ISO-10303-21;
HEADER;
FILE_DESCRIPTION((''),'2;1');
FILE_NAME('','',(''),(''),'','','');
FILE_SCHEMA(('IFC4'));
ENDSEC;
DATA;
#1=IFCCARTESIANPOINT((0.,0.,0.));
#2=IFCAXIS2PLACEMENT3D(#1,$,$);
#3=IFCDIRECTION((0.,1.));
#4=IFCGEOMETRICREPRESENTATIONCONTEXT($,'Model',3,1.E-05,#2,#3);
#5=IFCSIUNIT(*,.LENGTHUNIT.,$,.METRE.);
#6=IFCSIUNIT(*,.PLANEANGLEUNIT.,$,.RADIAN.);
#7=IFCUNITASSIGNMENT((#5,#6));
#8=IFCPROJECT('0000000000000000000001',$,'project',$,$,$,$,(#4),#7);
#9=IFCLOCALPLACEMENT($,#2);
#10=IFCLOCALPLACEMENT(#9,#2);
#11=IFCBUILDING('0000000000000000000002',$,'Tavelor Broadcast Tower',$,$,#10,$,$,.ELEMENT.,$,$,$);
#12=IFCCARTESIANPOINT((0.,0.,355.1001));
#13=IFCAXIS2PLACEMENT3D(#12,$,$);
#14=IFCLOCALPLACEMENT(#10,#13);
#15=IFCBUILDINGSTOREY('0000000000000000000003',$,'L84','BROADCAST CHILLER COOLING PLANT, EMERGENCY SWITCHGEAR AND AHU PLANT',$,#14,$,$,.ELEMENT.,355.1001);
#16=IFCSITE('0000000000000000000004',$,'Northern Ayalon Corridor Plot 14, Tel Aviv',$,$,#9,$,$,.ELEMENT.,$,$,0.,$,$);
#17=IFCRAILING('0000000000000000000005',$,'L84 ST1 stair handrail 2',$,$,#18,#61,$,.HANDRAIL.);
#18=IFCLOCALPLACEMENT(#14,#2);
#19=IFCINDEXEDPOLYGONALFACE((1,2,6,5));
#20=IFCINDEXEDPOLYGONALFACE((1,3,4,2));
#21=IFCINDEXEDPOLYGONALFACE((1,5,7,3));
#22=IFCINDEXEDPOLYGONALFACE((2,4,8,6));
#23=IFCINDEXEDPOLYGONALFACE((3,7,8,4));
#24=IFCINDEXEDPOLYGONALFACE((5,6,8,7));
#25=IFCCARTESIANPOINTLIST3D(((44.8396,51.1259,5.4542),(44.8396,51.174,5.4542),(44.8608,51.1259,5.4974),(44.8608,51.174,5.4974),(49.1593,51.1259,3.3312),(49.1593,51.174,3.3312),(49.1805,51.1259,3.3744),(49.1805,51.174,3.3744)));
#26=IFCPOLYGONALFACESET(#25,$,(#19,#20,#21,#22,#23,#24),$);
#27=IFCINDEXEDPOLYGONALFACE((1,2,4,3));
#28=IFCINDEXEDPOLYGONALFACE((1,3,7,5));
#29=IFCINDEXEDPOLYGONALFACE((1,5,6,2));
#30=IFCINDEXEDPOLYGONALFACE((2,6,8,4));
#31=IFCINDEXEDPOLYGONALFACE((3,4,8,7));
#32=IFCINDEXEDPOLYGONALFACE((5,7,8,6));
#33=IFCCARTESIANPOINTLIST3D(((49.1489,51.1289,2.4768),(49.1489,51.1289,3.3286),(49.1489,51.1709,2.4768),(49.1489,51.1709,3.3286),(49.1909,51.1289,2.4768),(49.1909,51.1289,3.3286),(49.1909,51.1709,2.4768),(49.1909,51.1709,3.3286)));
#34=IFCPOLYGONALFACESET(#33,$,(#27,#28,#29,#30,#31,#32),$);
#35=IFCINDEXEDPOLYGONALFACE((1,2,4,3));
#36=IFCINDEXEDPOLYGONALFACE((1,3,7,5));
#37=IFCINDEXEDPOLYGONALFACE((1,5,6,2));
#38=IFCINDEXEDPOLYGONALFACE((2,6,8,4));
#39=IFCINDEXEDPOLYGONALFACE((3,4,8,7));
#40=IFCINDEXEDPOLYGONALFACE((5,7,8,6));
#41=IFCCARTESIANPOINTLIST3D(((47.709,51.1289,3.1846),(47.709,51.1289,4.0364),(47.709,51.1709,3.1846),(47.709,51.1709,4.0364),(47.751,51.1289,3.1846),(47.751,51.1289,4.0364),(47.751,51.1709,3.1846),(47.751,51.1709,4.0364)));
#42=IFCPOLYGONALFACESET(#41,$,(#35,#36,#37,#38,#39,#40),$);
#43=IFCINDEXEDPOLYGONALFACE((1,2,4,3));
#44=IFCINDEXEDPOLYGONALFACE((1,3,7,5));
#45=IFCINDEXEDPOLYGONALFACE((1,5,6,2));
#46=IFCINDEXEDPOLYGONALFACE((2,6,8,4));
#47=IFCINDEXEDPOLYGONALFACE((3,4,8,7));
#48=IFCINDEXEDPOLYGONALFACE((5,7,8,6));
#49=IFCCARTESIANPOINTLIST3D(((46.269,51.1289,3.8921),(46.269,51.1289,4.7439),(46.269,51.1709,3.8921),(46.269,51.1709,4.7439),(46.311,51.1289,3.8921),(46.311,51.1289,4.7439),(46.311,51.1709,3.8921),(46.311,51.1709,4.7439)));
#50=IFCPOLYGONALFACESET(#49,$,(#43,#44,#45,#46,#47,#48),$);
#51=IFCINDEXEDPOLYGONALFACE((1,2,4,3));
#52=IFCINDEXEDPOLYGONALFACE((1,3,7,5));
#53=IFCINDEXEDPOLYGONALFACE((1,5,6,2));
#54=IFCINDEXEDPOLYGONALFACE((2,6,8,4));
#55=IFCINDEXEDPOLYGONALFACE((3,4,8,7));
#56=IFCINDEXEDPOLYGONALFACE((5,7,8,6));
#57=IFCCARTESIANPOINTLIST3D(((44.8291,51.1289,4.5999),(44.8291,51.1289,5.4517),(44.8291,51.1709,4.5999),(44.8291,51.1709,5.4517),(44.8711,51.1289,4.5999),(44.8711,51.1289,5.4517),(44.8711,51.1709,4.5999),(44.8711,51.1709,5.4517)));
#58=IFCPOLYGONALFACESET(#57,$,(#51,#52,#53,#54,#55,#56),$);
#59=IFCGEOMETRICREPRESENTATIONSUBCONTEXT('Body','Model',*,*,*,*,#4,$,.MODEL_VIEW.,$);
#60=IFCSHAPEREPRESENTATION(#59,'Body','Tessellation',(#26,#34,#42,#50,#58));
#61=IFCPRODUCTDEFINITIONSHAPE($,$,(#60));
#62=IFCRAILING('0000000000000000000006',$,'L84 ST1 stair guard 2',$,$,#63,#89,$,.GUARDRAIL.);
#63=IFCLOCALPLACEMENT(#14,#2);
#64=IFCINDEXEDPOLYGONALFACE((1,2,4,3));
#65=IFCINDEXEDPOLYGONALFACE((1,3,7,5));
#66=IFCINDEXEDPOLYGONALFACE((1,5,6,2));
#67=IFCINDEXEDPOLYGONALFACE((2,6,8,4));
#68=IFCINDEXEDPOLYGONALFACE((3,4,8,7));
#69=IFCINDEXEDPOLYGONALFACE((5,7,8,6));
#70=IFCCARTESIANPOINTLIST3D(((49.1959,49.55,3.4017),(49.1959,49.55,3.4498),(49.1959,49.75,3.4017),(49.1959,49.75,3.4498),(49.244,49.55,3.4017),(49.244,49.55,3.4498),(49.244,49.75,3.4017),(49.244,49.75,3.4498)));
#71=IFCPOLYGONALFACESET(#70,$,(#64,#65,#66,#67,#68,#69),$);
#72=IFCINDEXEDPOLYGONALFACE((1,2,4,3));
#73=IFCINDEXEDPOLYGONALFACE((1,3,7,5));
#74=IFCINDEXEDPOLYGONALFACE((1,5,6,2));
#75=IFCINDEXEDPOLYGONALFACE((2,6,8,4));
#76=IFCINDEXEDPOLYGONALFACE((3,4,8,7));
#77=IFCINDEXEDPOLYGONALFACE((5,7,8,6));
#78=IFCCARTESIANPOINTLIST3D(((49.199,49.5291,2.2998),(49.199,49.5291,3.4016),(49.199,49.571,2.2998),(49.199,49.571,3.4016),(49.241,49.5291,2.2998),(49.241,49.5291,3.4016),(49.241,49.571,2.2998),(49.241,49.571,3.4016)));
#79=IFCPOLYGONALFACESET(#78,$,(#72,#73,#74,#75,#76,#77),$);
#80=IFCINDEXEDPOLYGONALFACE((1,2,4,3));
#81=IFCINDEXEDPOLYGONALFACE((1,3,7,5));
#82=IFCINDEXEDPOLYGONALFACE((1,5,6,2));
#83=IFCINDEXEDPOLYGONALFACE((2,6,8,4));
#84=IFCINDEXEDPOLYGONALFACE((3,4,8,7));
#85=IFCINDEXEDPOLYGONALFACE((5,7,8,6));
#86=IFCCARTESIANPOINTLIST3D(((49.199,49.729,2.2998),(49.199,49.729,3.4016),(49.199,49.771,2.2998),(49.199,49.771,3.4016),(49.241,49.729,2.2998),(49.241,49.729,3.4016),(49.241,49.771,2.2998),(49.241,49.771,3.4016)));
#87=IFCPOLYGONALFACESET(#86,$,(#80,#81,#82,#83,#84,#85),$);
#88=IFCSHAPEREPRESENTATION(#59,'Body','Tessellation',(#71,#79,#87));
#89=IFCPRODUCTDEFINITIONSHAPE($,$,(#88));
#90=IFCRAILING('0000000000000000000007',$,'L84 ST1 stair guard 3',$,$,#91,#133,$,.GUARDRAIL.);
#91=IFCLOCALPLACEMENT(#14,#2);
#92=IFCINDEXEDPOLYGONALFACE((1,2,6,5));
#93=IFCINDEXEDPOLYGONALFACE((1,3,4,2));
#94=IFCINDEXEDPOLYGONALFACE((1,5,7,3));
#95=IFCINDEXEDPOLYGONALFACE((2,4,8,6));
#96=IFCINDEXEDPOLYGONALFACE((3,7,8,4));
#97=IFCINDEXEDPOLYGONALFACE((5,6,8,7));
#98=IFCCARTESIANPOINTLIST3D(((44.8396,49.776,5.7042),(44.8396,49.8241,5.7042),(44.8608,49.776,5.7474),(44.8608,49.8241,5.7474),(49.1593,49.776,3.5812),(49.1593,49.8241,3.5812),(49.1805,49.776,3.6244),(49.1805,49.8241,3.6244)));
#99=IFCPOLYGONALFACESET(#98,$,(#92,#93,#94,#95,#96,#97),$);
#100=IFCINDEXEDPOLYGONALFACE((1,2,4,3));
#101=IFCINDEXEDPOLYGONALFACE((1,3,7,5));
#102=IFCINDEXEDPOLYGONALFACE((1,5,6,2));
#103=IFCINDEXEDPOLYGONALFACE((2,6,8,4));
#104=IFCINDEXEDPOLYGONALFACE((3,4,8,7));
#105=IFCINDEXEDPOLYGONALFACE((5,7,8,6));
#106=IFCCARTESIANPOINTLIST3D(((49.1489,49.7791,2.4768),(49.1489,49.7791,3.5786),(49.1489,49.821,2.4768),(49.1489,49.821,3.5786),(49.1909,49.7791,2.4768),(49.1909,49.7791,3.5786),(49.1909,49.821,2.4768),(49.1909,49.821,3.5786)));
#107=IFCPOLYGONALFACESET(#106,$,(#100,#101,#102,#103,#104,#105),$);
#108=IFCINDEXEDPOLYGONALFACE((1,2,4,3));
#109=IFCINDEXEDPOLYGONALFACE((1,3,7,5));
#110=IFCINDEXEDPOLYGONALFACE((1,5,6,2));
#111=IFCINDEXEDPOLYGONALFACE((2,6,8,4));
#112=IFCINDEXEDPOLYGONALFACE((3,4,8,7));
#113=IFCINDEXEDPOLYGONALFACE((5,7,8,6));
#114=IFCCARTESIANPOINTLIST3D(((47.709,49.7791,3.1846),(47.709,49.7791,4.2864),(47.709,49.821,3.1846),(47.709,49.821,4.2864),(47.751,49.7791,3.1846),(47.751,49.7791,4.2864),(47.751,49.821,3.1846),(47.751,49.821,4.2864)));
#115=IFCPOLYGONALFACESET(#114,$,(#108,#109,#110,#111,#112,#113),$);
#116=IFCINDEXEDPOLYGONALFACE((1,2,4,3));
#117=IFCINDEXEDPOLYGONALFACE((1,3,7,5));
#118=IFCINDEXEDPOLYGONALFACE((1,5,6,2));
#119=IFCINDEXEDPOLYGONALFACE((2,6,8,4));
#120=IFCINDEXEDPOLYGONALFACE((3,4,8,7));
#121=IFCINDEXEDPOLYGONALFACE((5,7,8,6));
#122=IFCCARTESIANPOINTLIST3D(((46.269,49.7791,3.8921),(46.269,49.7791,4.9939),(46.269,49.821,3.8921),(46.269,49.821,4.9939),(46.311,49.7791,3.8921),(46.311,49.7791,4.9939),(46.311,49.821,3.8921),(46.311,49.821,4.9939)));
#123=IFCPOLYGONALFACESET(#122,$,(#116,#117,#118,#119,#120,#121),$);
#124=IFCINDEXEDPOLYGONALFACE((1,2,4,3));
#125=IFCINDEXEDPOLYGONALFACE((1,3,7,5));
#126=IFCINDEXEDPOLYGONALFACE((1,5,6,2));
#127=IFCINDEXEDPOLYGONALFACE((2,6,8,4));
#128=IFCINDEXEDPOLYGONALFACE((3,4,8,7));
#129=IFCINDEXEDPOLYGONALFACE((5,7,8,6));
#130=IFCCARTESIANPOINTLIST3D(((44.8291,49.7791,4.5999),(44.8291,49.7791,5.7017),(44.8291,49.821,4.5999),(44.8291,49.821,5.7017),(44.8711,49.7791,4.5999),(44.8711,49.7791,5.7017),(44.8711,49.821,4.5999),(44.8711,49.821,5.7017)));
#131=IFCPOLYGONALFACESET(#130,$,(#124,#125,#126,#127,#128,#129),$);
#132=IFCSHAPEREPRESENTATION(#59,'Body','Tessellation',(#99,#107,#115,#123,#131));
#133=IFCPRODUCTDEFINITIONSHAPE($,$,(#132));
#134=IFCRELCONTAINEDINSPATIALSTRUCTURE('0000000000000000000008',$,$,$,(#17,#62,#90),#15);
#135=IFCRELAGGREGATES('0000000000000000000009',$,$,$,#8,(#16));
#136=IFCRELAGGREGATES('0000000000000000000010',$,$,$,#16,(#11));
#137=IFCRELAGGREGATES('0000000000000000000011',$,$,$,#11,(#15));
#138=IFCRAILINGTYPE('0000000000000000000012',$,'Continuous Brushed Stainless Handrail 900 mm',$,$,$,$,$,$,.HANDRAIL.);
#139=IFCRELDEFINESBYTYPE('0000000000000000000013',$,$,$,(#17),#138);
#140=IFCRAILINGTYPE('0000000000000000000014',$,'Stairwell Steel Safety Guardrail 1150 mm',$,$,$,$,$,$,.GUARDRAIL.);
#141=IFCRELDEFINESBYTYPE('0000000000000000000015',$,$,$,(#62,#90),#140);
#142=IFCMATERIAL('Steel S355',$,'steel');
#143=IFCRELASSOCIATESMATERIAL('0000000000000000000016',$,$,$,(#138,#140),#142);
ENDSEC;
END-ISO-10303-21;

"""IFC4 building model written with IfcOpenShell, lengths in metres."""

from ifc_helpers import new_model, si_unit, direction, frame, origin, origin_2d, place, context, subcontext, project, spatial, rectangle, extrude, material, type_object, element, save


model = new_model("IFC4")

# Units and contexts
model_context = context("Model", 3, precision=1e-05, world=origin(), true_north=direction((0.0, 1.0)))
body_context = subcontext(model_context, "Body", "Model", "MODEL_VIEW")
ifc_project = project(units=[si_unit("LENGTHUNIT", "METRE"), si_unit("PLANEANGLEUNIT", "RADIAN")], contexts=[model_context])

# Site, building, storey
site_placement = place(None, origin())
site = spatial("IfcSite", under=ifc_project, at=site_placement, Name="Northern Ayalon Corridor Plot 14, Tel Aviv", CompositionType="ELEMENT", RefElevation=0.0)
building_placement = place(site_placement, origin())
building = spatial("IfcBuilding", under=site, at=building_placement, Name="Tavelor Broadcast Tower", CompositionType="ELEMENT")
storey_placement = place(building_placement, frame((0.0, 0.0, 355.1001)))
storey = spatial("IfcBuildingStorey", under=building, at=storey_placement, Name="L84", Description="BROADCAST CHILLER COOLING PLANT, EMERGENCY SWITCHGEAR AND AHU PLANT", CompositionType="ELEMENT", Elevation=355.1001)

# Shared definitions
ifc_material_1 = material(Name="Steel S355", Category="steel")

# Railings
railing_type_1 = type_object("IfcRailingType", Name="Continuous Brushed Stainless Handrail 900 mm", PredefinedType="HANDRAIL", material=ifc_material_1)
railing_1_placement = place(storey_placement, frame((49.1699, 51.1499, 2.4768)))
element("IfcRailing", 1, at=railing_1_placement, inside=storey, type_object=railing_type_1, Name="L84 ST1 stair handrail 2", PredefinedType="HANDRAIL", context=body_context, shape_type="SweptSolid", body=[
    extrude(rectangle(XDim=0.0481, YDim=0.0481, at=origin_2d()), frame((0.0, 0.0, 0.876), z_axis=(-0.89747, 0.0, 0.441076), x_axis=(0.0, -1.0, 0.0)), (0.0, 0.0, 1.0), 4.8132),
    extrude(rectangle(XDim=0.042, YDim=0.042, at=origin_2d()), origin(), (0.0, 0.0, 1.0), 0.8518),
    extrude(rectangle(XDim=0.042, YDim=0.042, at=origin_2d()), frame((-1.4399, 0.0, 0.7078)), (0.0, 0.0, 1.0), 0.8518),
    extrude(rectangle(XDim=0.042, YDim=0.042, at=origin_2d()), frame((-2.8799, 0.0, 1.4153)), (0.0, 0.0, 1.0), 0.8518),
    extrude(rectangle(XDim=0.042, YDim=0.042, at=origin_2d()), frame((-4.3198, 0.0, 2.123)), (0.0, 0.0, 1.0), 0.8518),
])
railing_type_2 = type_object("IfcRailingType", Name="Stairwell Steel Safety Guardrail 1150 mm", PredefinedType="GUARDRAIL", material=ifc_material_1)
railing_2_placement = place(storey_placement, frame((49.22, 49.55, 2.2998)))
element("IfcRailing", 2, at=railing_2_placement, inside=storey, type_object=railing_type_2, Name="L84 ST1 stair guard 2", PredefinedType="GUARDRAIL", context=body_context, shape_type="SweptSolid", body=[
    extrude(rectangle(XDim=0.0481, YDim=0.0481, at=origin_2d()), frame((0.0, 0.0, 1.126), z_axis=(0.0, 1.0, 0.0), x_axis=(-1.0, 0.0, 0.0)), (0.0, 0.0, 1.0), 0.2),
    extrude(rectangle(XDim=0.042, YDim=0.042, at=origin_2d()), origin(), (0.0, 0.0, 1.0), 1.1018),
    extrude(rectangle(XDim=0.042, YDim=0.042, at=origin_2d()), frame((0.0, 0.2, 0.0)), (0.0, 0.0, 1.0), 1.1018),
])
railing_3_placement = place(storey_placement, frame((49.1699, 49.8, 2.4768)))
element("IfcRailing", 3, at=railing_3_placement, inside=storey, type_object=railing_type_2, Name="L84 ST1 stair guard 3", PredefinedType="GUARDRAIL", context=body_context, shape_type="SweptSolid", body=[
    extrude(rectangle(XDim=0.0481, YDim=0.0481, at=origin_2d()), frame((0.0, 0.0, 1.126), z_axis=(-0.89747, 0.0, 0.441076), x_axis=(0.0, -1.0, 0.0)), (0.0, 0.0, 1.0), 4.8132),
    extrude(rectangle(XDim=0.042, YDim=0.042, at=origin_2d()), origin(), (0.0, 0.0, 1.0), 1.1018),
    extrude(rectangle(XDim=0.042, YDim=0.042, at=origin_2d()), frame((-1.4399, 0.0, 0.7078)), (0.0, 0.0, 1.0), 1.1018),
    extrude(rectangle(XDim=0.042, YDim=0.042, at=origin_2d()), frame((-2.8799, 0.0, 1.4153)), (0.0, 0.0, 1.0), 1.1018),
    extrude(rectangle(XDim=0.042, YDim=0.042, at=origin_2d()), frame((-4.3198, 0.0, 2.123)), (0.0, 0.0, 1.0), 1.1018),
])

save(model, "model.ifc")
